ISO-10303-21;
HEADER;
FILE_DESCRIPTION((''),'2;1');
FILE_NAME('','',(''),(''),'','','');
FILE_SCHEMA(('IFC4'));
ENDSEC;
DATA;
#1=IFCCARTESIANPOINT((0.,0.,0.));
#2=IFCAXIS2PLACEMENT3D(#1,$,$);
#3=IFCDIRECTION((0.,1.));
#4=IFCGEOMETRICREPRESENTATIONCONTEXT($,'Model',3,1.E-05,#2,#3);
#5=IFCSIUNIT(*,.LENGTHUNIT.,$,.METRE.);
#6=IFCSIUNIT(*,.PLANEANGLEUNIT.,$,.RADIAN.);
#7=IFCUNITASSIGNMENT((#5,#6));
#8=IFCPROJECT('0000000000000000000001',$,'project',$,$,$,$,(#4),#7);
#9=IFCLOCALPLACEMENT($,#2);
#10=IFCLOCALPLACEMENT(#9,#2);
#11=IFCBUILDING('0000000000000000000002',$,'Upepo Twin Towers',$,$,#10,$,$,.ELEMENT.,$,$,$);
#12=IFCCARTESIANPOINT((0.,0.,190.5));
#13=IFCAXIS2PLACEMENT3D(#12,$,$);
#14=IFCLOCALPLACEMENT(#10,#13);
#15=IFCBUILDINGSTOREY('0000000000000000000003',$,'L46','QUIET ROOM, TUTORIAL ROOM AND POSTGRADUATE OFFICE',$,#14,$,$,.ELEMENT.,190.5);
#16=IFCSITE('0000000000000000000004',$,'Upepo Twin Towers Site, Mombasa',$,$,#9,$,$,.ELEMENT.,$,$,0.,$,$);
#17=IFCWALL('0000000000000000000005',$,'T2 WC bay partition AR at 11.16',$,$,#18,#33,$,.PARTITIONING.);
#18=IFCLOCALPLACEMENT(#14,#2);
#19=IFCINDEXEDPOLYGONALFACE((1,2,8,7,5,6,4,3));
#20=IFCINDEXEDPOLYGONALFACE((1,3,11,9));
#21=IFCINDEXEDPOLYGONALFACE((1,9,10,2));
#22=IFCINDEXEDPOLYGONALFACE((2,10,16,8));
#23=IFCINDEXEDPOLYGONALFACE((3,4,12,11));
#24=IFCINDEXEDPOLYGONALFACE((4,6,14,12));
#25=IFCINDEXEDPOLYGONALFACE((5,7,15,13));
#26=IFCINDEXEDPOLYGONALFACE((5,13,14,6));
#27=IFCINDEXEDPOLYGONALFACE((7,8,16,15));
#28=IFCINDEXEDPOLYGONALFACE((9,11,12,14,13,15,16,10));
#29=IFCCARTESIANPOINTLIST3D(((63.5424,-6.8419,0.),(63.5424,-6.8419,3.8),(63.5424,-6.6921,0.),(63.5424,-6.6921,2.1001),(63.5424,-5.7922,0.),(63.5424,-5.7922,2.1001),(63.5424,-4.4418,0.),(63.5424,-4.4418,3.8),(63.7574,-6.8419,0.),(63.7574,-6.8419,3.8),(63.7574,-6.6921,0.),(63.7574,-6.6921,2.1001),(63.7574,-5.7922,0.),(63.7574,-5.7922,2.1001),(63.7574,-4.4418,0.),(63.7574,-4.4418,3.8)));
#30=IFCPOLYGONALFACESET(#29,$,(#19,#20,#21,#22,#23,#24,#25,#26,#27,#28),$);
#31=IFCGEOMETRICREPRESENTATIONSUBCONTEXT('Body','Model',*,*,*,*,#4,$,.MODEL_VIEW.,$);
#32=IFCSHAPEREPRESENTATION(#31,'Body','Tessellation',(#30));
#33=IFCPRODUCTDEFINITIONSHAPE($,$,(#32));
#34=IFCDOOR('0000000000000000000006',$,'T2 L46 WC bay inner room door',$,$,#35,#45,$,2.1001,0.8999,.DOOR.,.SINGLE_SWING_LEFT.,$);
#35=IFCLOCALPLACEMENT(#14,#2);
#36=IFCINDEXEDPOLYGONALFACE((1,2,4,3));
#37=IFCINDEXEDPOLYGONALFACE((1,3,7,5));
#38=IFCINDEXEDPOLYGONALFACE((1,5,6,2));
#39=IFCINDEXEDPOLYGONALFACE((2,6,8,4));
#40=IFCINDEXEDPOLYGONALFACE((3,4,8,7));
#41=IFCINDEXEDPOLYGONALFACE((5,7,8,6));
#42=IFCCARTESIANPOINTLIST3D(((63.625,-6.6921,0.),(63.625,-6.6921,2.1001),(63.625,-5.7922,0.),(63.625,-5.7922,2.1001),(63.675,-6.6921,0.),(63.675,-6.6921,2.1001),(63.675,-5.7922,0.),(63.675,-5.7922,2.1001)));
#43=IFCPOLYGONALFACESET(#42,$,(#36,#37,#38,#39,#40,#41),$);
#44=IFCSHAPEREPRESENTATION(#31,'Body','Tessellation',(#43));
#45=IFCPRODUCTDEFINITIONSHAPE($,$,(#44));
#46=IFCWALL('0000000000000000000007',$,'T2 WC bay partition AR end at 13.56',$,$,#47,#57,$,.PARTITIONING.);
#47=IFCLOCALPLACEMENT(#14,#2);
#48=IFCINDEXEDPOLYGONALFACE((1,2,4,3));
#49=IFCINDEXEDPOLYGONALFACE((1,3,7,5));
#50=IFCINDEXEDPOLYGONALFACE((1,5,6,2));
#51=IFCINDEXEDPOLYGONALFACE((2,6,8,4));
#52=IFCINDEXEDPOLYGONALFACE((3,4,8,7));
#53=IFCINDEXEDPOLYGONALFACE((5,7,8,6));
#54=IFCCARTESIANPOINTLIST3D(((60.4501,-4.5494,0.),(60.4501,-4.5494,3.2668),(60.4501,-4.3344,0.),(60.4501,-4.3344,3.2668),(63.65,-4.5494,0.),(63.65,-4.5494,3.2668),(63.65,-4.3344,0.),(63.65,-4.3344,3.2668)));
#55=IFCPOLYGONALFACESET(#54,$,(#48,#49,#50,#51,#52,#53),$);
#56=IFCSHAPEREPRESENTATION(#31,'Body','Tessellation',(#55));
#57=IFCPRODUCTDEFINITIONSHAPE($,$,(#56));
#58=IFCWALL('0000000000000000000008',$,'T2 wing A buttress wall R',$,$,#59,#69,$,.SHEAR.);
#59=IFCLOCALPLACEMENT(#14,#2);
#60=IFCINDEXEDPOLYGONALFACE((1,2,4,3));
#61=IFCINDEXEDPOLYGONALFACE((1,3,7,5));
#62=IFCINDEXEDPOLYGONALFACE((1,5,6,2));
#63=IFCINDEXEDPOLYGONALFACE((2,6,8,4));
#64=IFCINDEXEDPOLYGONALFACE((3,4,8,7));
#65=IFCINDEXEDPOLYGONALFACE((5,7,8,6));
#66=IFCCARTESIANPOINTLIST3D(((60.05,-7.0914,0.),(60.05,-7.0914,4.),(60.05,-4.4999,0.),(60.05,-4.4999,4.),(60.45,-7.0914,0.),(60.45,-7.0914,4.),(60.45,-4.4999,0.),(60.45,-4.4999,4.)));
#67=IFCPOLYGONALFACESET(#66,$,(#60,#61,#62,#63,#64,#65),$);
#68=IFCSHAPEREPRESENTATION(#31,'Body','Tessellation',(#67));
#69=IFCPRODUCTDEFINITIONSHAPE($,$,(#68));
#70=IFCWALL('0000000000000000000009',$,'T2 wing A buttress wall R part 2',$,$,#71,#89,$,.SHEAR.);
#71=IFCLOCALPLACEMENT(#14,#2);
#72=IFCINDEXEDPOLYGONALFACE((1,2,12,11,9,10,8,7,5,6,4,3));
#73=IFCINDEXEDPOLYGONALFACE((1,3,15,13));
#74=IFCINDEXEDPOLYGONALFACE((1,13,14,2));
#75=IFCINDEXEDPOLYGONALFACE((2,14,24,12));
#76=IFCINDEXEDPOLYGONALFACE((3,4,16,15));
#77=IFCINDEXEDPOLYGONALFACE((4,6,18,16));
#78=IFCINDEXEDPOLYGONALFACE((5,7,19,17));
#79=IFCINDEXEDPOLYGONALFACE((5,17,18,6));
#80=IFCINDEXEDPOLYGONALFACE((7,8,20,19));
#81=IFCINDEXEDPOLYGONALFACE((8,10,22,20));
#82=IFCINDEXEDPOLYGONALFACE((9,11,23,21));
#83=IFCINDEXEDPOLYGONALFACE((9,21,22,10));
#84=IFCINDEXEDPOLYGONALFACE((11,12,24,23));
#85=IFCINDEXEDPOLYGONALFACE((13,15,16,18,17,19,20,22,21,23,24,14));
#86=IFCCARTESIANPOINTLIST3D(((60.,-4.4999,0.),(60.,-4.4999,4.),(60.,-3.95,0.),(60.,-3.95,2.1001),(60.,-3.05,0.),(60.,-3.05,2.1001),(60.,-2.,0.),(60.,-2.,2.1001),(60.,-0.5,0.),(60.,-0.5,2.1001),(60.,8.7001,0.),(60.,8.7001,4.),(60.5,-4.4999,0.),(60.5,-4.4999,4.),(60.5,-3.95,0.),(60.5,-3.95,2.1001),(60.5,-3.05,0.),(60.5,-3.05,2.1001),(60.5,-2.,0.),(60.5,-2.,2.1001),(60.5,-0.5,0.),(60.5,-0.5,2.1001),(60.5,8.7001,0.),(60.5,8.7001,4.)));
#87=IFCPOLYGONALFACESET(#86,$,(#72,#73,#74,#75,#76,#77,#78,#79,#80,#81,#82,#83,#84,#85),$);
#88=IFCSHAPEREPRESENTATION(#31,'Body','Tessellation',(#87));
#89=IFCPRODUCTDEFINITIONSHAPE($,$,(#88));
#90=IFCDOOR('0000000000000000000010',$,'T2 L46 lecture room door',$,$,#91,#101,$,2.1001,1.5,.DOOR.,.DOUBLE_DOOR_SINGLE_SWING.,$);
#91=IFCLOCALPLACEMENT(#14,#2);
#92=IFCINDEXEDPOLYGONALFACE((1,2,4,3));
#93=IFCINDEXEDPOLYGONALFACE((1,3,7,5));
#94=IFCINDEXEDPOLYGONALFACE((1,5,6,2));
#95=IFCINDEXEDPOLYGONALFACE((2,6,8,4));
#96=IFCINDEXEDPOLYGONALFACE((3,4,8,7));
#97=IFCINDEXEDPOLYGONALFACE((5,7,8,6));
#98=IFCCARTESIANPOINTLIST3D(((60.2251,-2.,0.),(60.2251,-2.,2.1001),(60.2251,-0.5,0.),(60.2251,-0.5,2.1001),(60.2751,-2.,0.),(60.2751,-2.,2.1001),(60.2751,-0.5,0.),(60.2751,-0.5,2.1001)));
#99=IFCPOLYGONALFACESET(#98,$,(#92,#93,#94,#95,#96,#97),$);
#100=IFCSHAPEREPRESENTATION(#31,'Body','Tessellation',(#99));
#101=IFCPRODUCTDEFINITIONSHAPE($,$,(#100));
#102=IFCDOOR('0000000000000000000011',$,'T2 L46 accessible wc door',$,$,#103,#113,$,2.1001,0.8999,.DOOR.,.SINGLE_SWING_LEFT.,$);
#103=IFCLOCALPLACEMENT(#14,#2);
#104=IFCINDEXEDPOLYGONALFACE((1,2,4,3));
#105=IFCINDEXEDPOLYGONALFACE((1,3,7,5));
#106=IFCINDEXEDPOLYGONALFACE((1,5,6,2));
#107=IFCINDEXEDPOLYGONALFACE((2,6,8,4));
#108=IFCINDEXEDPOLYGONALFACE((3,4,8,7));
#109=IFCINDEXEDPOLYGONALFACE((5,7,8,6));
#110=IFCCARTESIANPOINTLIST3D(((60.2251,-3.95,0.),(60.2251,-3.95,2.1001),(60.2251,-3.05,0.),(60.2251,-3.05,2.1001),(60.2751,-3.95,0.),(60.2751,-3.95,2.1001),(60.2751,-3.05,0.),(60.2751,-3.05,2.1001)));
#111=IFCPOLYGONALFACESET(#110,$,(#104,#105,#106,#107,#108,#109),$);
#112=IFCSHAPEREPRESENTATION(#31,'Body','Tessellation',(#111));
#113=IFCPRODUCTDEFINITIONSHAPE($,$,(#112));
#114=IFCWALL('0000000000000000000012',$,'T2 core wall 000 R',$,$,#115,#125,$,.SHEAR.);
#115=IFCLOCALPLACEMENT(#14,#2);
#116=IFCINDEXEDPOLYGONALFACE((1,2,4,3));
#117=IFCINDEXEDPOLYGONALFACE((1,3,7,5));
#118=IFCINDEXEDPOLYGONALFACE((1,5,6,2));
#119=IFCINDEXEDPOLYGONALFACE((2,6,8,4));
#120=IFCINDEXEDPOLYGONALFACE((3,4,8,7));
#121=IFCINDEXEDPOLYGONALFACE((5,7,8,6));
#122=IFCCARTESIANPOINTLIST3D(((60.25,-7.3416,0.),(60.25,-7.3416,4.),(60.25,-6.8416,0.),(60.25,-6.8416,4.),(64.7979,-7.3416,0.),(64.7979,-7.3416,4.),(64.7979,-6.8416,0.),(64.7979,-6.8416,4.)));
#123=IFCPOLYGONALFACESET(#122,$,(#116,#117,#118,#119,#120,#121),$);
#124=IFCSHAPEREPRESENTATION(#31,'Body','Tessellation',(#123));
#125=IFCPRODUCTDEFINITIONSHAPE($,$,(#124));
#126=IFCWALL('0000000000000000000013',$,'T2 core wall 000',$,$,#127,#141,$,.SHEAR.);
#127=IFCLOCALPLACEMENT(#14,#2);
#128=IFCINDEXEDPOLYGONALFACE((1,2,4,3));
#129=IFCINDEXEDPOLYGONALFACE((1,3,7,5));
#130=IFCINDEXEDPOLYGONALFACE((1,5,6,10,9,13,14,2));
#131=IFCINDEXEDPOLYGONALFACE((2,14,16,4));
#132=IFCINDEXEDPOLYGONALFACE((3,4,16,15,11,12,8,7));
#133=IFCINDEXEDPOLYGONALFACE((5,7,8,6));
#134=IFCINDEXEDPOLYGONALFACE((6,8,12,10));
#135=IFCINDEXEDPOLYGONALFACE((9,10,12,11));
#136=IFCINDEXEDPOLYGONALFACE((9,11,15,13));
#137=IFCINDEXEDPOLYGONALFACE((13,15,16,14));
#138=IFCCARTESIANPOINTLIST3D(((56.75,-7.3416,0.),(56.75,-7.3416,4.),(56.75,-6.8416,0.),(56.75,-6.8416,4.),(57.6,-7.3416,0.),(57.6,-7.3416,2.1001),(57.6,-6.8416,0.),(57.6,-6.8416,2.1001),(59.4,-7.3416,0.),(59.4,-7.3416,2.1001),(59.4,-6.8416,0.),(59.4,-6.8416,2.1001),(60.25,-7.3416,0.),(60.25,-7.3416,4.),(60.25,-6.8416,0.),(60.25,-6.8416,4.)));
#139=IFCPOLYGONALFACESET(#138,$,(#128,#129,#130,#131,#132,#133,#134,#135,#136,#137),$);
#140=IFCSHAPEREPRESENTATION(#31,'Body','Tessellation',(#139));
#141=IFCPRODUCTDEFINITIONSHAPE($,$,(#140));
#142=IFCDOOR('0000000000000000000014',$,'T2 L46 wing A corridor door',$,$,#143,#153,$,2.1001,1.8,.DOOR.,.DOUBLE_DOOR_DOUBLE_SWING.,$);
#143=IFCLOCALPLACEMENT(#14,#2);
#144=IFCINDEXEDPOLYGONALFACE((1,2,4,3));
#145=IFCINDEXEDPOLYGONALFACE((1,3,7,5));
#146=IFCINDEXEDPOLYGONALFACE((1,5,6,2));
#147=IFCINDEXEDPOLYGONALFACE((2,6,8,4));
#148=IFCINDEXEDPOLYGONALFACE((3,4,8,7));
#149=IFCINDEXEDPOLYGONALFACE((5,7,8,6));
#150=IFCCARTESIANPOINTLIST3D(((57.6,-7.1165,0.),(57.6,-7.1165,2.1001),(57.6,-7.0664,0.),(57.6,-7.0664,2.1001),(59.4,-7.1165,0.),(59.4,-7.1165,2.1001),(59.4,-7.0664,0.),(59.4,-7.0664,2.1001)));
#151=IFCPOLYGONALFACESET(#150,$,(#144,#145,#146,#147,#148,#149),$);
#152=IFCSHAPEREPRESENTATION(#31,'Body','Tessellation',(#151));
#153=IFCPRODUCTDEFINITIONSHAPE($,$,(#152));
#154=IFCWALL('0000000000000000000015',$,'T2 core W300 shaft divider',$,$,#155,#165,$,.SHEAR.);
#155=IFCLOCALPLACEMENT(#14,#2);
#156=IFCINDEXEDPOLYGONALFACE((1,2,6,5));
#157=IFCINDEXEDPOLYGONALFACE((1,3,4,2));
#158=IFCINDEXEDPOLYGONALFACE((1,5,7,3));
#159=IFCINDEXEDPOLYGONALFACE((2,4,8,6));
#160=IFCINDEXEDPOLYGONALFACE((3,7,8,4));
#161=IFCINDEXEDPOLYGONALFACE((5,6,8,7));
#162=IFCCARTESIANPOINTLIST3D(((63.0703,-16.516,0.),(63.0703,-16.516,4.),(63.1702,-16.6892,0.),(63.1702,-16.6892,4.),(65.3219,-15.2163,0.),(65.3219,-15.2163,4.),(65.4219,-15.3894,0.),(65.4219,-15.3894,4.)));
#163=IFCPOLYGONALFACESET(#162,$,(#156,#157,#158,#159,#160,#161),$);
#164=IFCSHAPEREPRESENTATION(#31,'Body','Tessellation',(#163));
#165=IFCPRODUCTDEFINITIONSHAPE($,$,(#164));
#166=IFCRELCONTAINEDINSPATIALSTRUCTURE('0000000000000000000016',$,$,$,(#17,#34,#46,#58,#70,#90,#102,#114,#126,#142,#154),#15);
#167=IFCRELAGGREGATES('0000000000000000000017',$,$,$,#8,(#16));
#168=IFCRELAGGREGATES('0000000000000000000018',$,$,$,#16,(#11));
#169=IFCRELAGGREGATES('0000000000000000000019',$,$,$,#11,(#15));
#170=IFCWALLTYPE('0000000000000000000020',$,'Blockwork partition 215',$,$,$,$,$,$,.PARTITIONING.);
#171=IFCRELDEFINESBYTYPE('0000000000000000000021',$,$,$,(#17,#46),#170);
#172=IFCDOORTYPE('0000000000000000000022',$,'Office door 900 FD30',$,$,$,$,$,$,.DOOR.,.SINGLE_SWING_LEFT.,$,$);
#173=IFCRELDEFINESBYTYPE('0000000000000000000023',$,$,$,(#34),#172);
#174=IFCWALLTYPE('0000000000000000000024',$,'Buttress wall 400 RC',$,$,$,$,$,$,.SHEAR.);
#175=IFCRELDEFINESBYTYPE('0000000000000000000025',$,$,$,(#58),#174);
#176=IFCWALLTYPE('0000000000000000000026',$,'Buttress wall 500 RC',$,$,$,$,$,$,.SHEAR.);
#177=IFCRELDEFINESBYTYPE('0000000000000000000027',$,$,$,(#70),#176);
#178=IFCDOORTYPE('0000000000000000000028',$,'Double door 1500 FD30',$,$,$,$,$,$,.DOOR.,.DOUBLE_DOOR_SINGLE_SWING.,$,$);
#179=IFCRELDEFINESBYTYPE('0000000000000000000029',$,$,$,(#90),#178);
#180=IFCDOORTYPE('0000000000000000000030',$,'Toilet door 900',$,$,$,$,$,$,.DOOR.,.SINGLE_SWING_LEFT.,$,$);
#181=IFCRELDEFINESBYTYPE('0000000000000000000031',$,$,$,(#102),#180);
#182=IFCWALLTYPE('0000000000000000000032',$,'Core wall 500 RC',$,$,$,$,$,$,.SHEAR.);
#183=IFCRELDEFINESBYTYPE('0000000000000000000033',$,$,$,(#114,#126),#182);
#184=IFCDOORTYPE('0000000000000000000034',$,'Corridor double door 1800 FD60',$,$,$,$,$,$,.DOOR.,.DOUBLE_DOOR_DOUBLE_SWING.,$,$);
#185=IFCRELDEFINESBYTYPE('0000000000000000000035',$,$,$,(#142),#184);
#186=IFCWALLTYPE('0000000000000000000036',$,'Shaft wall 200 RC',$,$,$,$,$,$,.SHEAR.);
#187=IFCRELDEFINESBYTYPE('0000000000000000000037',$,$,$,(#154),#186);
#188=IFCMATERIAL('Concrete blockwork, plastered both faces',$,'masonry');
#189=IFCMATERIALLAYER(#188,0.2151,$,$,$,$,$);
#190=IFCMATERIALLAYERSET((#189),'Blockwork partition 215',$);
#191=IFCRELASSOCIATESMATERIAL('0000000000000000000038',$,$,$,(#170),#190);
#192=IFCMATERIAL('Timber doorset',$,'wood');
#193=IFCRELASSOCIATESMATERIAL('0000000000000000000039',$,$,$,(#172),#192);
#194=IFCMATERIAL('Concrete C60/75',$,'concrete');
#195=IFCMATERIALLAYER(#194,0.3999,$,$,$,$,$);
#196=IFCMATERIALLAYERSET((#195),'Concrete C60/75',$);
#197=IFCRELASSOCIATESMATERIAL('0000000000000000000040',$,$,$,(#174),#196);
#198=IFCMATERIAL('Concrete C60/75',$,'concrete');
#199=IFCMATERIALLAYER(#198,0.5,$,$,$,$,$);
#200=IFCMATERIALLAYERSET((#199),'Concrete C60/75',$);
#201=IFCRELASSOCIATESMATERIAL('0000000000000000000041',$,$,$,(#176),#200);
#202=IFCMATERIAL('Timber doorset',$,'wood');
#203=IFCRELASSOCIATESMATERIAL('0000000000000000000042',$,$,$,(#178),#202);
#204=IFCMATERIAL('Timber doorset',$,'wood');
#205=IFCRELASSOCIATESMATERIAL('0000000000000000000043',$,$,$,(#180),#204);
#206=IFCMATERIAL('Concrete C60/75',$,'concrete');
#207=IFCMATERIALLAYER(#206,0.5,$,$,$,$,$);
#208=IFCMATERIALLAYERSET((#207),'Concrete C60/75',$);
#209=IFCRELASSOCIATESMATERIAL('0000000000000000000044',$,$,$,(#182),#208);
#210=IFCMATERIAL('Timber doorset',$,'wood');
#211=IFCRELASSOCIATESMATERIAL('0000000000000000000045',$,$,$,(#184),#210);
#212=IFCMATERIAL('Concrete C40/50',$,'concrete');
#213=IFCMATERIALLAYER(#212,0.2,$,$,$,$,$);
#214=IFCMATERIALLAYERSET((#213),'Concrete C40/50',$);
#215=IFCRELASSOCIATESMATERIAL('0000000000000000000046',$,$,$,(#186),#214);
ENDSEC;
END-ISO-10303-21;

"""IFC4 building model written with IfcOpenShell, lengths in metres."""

from ifc_helpers import new_model, si_unit, direction, frame, frame_2d, origin, place, context, subcontext, project, spatial, rectangle, extrude, material, layer, layer_set, type_object, element, fill, save


model = new_model("IFC4")

# Units and contexts
model_context = context("Model", 3, precision=1e-05, world=origin(), true_north=direction((0.0, 1.0)))
body_context = subcontext(model_context, "Body", "Model", "MODEL_VIEW")
ifc_project = project(units=[si_unit("LENGTHUNIT", "METRE"), si_unit("PLANEANGLEUNIT", "RADIAN")], contexts=[model_context])

# Site, building, storey
site_placement = place(None, origin())
site = spatial("IfcSite", under=ifc_project, at=site_placement, Name="Upepo Twin Towers Site, Mombasa", CompositionType="ELEMENT", RefElevation=0.0)
building_placement = place(site_placement, origin())
building = spatial("IfcBuilding", under=site, at=building_placement, Name="Upepo Twin Towers", CompositionType="ELEMENT")
storey_placement = place(building_placement, frame((0.0, 0.0, 190.5)))
storey = spatial("IfcBuildingStorey", under=building, at=storey_placement, Name="L46", Description="QUIET ROOM, TUTORIAL ROOM AND POSTGRADUATE OFFICE", CompositionType="ELEMENT", Elevation=190.5)

# Shared definitions
ifc_material_1 = material(Name="Concrete blockwork, plastered both faces", Category="masonry")
ifc_layer_1 = layer(ifc_material_1, 0.2151)
ifc_layer_set_1 = layer_set([ifc_layer_1], Name="Blockwork partition 215")
wall_type_1 = type_object("IfcWallType", Name="Blockwork partition 215", PredefinedType="PARTITIONING", material=ifc_layer_set_1)

# Wall, opening, door
wall_1_placement = place(storey_placement, frame((63.6499, -6.842, 0.0), z_axis=(0.0, 0.0, 1.0), x_axis=(0.0, 1.0, 0.0)))
wall_1 = element("IfcWall", 1, at=wall_1_placement, inside=storey, type_object=wall_type_1, Name="T2 WC bay partition AR at 11.16", PredefinedType="PARTITIONING", context=body_context, shape_type="SweptSolid", body=[
    extrude(rectangle(XDim=2.4001, YDim=0.2151, at=frame_2d((1.2002, 0.0))), origin(), (0.0, 0.0, 1.0), 3.8),
])
opening_1_placement = place(wall_1_placement, frame((0.1499, 0.0, 0.0)))
opening_1 = element("IfcOpeningElement", 2, at=opening_1_placement, cuts=wall_1, PredefinedType="OPENING", context=body_context, shape_type="SweptSolid", body=[
    extrude(rectangle(XDim=0.8999, YDim=2.1001, at=frame_2d((0.45, 1.05))), frame((0.0, 0.1174, 0.0), z_axis=(0.0, -1.0, 0.0), x_axis=(1.0, 0.0, 0.0)), (0.0, 0.0, 1.0), 0.2351),
])
ifc_material_2 = material(Name="Timber doorset", Category="wood")
door_type_1 = type_object("IfcDoorType", Name="Office door 900 FD30", OperationType="SINGLE_SWING_LEFT", PredefinedType="DOOR", material=ifc_material_2)
door_1_placement = place(opening_1_placement, origin())
door_1 = element("IfcDoor", 3, at=door_1_placement, inside=storey, type_object=door_type_1, Name="T2 L46 WC bay inner room door", OperationType="SINGLE_SWING_LEFT", OverallHeight=2.1001, OverallWidth=0.8999, PredefinedType="DOOR", context=body_context, shape_type="SweptSolid", body=[
    extrude(rectangle(XDim=0.8999, YDim=2.1001, at=frame_2d((0.45, 1.05))), frame((0.0, 0.0249, 0.0), z_axis=(0.0, -1.0, 0.0), x_axis=(1.0, 0.0, 0.0)), (0.0, 0.0, 1.0), 0.05),
])
fill(opening_1, door_1)

# Walls
wall_2_placement = place(storey_placement, frame((60.45, -4.4419, 0.0), z_axis=(0.0, 0.0, 1.0), x_axis=(1.0, 0.0, 0.0)))
element("IfcWall", 4, at=wall_2_placement, inside=storey, type_object=wall_type_1, Name="T2 WC bay partition AR end at 13.56", PredefinedType="PARTITIONING", context=body_context, shape_type="SweptSolid", body=[
    extrude(rectangle(XDim=3.2, YDim=0.2151, at=frame_2d((1.6001, 0.0))), origin(), (0.0, 0.0, 1.0), 3.2668),
])
ifc_material_3 = material(Name="Concrete C60/75", Category="concrete")
ifc_layer_2 = layer(ifc_material_3, 0.3999)
ifc_layer_set_2 = layer_set([ifc_layer_2], Name="Concrete C60/75")
wall_type_2 = type_object("IfcWallType", Name="Buttress wall 400 RC", PredefinedType="SHEAR", material=ifc_layer_set_2)
wall_3_placement = place(storey_placement, frame((60.25, -7.0916, 0.0), z_axis=(0.0, 0.0, 1.0), x_axis=(0.0, 1.0, 0.0)))
element("IfcWall", 5, at=wall_3_placement, inside=storey, type_object=wall_type_2, Name="T2 wing A buttress wall R", PredefinedType="SHEAR", context=body_context, shape_type="SweptSolid", body=[
    extrude(rectangle(XDim=2.5916, YDim=0.3999, at=frame_2d((1.2959, 0.0))), origin(), (0.0, 0.0, 1.0), 4.0),
])

# Wall, openings, doors
ifc_material_4 = material(Name="Concrete C60/75", Category="concrete")
ifc_layer_3 = layer(ifc_material_4, 0.5)
ifc_layer_set_3 = layer_set([ifc_layer_3], Name="Concrete C60/75")
wall_type_3 = type_object("IfcWallType", Name="Buttress wall 500 RC", PredefinedType="SHEAR", material=ifc_layer_set_3)
wall_4_placement = place(storey_placement, frame((60.25, -4.5, 0.0), z_axis=(0.0, 0.0, 1.0), x_axis=(0.0, 1.0, 0.0)))
wall_4 = element("IfcWall", 6, at=wall_4_placement, inside=storey, type_object=wall_type_3, Name="T2 wing A buttress wall R part 2", PredefinedType="SHEAR", context=body_context, shape_type="SweptSolid", body=[
    extrude(rectangle(XDim=13.2, YDim=0.5, at=frame_2d((6.6001, 0.0))), origin(), (0.0, 0.0, 1.0), 4.0),
])
opening_2_placement = place(wall_4_placement, frame((0.55, 0.0, 0.0)))
opening_2 = element("IfcOpeningElement", 7, at=opening_2_placement, cuts=wall_4, PredefinedType="OPENING", context=body_context, shape_type="SweptSolid", body=[
    extrude(rectangle(XDim=0.8999, YDim=2.1001, at=frame_2d((0.45, 1.05))), frame((0.0, 0.26, 0.0), z_axis=(0.0, -1.0, 0.0), x_axis=(1.0, 0.0, 0.0)), (0.0, 0.0, 1.0), 0.52),
])
opening_3_placement = place(wall_4_placement, frame((2.5, 0.0, 0.0)))
opening_3 = element("IfcOpeningElement", 8, at=opening_3_placement, cuts=wall_4, PredefinedType="OPENING", context=body_context, shape_type="SweptSolid", body=[
    extrude(rectangle(XDim=1.5, YDim=2.1001, at=frame_2d((0.75, 1.05))), frame((0.0, 0.26, 0.0), z_axis=(0.0, -1.0, 0.0), x_axis=(1.0, 0.0, 0.0)), (0.0, 0.0, 1.0), 0.52),
])
ifc_material_5 = material(Name="Timber doorset", Category="wood")
door_type_2 = type_object("IfcDoorType", Name="Double door 1500 FD30", OperationType="DOUBLE_DOOR_SINGLE_SWING", PredefinedType="DOOR", material=ifc_material_5)
door_2_placement = place(opening_3_placement, origin())
door_2 = element("IfcDoor", 9, at=door_2_placement, inside=storey, type_object=door_type_2, Name="T2 L46 lecture room door", OperationType="DOUBLE_DOOR_SINGLE_SWING", OverallHeight=2.1001, OverallWidth=1.5, PredefinedType="DOOR", context=body_context, shape_type="SweptSolid", body=[
    extrude(rectangle(XDim=1.5, YDim=2.1001, at=frame_2d((0.75, 1.05))), frame((0.0, 0.0249, 0.0), z_axis=(0.0, -1.0, 0.0), x_axis=(1.0, 0.0, 0.0)), (0.0, 0.0, 1.0), 0.05),
])
fill(opening_3, door_2)
ifc_material_6 = material(Name="Timber doorset", Category="wood")
door_type_3 = type_object("IfcDoorType", Name="Toilet door 900", OperationType="SINGLE_SWING_LEFT", PredefinedType="DOOR", material=ifc_material_6)
door_3_placement = place(opening_2_placement, origin())
door_3 = element("IfcDoor", 10, at=door_3_placement, inside=storey, type_object=door_type_3, Name="T2 L46 accessible wc door", OperationType="SINGLE_SWING_LEFT", OverallHeight=2.1001, OverallWidth=0.8999, PredefinedType="DOOR", context=body_context, shape_type="SweptSolid", body=[
    extrude(rectangle(XDim=0.8999, YDim=2.1001, at=frame_2d((0.45, 1.05))), frame((0.0, 0.0249, 0.0), z_axis=(0.0, -1.0, 0.0), x_axis=(1.0, 0.0, 0.0)), (0.0, 0.0, 1.0), 0.05),
])
fill(opening_2, door_3)

# Wall
ifc_material_7 = material(Name="Concrete C60/75", Category="concrete")
ifc_layer_4 = layer(ifc_material_7, 0.5)
ifc_layer_set_4 = layer_set([ifc_layer_4], Name="Concrete C60/75")
wall_type_4 = type_object("IfcWallType", Name="Core wall 500 RC", PredefinedType="SHEAR", material=ifc_layer_set_4)
wall_5_placement = place(storey_placement, frame((64.7979, -7.0916, 0.0), z_axis=(0.0, 0.0, 1.0), x_axis=(-1.0, 0.0, 0.0)))
element("IfcWall", 11, at=wall_5_placement, inside=storey, type_object=wall_type_4, Name="T2 core wall 000 R", PredefinedType="SHEAR", context=body_context, shape_type="SweptSolid", body=[
    extrude(rectangle(XDim=4.5479, YDim=0.5, at=frame_2d((2.2739, 0.0))), origin(), (0.0, 0.0, 1.0), 4.0),
])

# Wall, opening, door
wall_6_placement = place(storey_placement, frame((60.25, -7.0916, 0.0), z_axis=(0.0, 0.0, 1.0), x_axis=(-1.0, 0.0, 0.0)))
wall_6 = element("IfcWall", 12, at=wall_6_placement, inside=storey, type_object=wall_type_4, Name="T2 core wall 000", PredefinedType="SHEAR", context=body_context, shape_type="SweptSolid", body=[
    extrude(rectangle(XDim=3.5, YDim=0.5, at=frame_2d((1.75, 0.0))), origin(), (0.0, 0.0, 1.0), 4.0),
])
opening_4_placement = place(wall_6_placement, frame((0.8501, 0.0, 0.0)))
opening_4 = element("IfcOpeningElement", 13, at=opening_4_placement, cuts=wall_6, PredefinedType="OPENING", context=body_context, shape_type="SweptSolid", body=[
    extrude(rectangle(XDim=1.8, YDim=2.1001, at=frame_2d((0.8999, 1.05))), frame((0.0, 0.26, 0.0), z_axis=(0.0, -1.0, 0.0), x_axis=(1.0, 0.0, 0.0)), (0.0, 0.0, 1.0), 0.52),
])
ifc_material_8 = material(Name="Timber doorset", Category="wood")
door_type_4 = type_object("IfcDoorType", Name="Corridor double door 1800 FD60", OperationType="DOUBLE_DOOR_DOUBLE_SWING", PredefinedType="DOOR", material=ifc_material_8)
door_4_placement = place(opening_4_placement, origin())
door_4 = element("IfcDoor", 14, at=door_4_placement, inside=storey, type_object=door_type_4, Name="T2 L46 wing A corridor door", OperationType="DOUBLE_DOOR_DOUBLE_SWING", OverallHeight=2.1001, OverallWidth=1.8, PredefinedType="DOOR", context=body_context, shape_type="SweptSolid", body=[
    extrude(rectangle(XDim=1.8, YDim=2.1001, at=frame_2d((0.8999, 1.05))), frame((0.0, 0.0249, 0.0), z_axis=(0.0, -1.0, 0.0), x_axis=(1.0, 0.0, 0.0)), (0.0, 0.0, 1.0), 0.05),
])
fill(opening_4, door_4)

# Wall
ifc_material_9 = material(Name="Concrete C40/50", Category="concrete")
ifc_layer_5 = layer(ifc_material_9, 0.2)
ifc_layer_set_5 = layer_set([ifc_layer_5], Name="Concrete C40/50")
wall_type_5 = type_object("IfcWallType", Name="Shaft wall 200 RC", PredefinedType="SHEAR", material=ifc_layer_set_5)
wall_7_placement = place(storey_placement, frame((63.1204, -16.6025, 0.0), z_axis=(0.0, 0.0, 1.0), x_axis=(0.866062, 0.499937, 0.0)))
element("IfcWall", 15, at=wall_7_placement, inside=storey, type_object=wall_type_5, Name="T2 core W300 shaft divider", PredefinedType="SHEAR", context=body_context, shape_type="SweptSolid", body=[
    extrude(rectangle(XDim=2.5999, YDim=0.2, at=frame_2d((1.2998, 0.0))), origin(), (0.0, 0.0, 1.0), 4.0),
])

save(model, "model.ifc")
